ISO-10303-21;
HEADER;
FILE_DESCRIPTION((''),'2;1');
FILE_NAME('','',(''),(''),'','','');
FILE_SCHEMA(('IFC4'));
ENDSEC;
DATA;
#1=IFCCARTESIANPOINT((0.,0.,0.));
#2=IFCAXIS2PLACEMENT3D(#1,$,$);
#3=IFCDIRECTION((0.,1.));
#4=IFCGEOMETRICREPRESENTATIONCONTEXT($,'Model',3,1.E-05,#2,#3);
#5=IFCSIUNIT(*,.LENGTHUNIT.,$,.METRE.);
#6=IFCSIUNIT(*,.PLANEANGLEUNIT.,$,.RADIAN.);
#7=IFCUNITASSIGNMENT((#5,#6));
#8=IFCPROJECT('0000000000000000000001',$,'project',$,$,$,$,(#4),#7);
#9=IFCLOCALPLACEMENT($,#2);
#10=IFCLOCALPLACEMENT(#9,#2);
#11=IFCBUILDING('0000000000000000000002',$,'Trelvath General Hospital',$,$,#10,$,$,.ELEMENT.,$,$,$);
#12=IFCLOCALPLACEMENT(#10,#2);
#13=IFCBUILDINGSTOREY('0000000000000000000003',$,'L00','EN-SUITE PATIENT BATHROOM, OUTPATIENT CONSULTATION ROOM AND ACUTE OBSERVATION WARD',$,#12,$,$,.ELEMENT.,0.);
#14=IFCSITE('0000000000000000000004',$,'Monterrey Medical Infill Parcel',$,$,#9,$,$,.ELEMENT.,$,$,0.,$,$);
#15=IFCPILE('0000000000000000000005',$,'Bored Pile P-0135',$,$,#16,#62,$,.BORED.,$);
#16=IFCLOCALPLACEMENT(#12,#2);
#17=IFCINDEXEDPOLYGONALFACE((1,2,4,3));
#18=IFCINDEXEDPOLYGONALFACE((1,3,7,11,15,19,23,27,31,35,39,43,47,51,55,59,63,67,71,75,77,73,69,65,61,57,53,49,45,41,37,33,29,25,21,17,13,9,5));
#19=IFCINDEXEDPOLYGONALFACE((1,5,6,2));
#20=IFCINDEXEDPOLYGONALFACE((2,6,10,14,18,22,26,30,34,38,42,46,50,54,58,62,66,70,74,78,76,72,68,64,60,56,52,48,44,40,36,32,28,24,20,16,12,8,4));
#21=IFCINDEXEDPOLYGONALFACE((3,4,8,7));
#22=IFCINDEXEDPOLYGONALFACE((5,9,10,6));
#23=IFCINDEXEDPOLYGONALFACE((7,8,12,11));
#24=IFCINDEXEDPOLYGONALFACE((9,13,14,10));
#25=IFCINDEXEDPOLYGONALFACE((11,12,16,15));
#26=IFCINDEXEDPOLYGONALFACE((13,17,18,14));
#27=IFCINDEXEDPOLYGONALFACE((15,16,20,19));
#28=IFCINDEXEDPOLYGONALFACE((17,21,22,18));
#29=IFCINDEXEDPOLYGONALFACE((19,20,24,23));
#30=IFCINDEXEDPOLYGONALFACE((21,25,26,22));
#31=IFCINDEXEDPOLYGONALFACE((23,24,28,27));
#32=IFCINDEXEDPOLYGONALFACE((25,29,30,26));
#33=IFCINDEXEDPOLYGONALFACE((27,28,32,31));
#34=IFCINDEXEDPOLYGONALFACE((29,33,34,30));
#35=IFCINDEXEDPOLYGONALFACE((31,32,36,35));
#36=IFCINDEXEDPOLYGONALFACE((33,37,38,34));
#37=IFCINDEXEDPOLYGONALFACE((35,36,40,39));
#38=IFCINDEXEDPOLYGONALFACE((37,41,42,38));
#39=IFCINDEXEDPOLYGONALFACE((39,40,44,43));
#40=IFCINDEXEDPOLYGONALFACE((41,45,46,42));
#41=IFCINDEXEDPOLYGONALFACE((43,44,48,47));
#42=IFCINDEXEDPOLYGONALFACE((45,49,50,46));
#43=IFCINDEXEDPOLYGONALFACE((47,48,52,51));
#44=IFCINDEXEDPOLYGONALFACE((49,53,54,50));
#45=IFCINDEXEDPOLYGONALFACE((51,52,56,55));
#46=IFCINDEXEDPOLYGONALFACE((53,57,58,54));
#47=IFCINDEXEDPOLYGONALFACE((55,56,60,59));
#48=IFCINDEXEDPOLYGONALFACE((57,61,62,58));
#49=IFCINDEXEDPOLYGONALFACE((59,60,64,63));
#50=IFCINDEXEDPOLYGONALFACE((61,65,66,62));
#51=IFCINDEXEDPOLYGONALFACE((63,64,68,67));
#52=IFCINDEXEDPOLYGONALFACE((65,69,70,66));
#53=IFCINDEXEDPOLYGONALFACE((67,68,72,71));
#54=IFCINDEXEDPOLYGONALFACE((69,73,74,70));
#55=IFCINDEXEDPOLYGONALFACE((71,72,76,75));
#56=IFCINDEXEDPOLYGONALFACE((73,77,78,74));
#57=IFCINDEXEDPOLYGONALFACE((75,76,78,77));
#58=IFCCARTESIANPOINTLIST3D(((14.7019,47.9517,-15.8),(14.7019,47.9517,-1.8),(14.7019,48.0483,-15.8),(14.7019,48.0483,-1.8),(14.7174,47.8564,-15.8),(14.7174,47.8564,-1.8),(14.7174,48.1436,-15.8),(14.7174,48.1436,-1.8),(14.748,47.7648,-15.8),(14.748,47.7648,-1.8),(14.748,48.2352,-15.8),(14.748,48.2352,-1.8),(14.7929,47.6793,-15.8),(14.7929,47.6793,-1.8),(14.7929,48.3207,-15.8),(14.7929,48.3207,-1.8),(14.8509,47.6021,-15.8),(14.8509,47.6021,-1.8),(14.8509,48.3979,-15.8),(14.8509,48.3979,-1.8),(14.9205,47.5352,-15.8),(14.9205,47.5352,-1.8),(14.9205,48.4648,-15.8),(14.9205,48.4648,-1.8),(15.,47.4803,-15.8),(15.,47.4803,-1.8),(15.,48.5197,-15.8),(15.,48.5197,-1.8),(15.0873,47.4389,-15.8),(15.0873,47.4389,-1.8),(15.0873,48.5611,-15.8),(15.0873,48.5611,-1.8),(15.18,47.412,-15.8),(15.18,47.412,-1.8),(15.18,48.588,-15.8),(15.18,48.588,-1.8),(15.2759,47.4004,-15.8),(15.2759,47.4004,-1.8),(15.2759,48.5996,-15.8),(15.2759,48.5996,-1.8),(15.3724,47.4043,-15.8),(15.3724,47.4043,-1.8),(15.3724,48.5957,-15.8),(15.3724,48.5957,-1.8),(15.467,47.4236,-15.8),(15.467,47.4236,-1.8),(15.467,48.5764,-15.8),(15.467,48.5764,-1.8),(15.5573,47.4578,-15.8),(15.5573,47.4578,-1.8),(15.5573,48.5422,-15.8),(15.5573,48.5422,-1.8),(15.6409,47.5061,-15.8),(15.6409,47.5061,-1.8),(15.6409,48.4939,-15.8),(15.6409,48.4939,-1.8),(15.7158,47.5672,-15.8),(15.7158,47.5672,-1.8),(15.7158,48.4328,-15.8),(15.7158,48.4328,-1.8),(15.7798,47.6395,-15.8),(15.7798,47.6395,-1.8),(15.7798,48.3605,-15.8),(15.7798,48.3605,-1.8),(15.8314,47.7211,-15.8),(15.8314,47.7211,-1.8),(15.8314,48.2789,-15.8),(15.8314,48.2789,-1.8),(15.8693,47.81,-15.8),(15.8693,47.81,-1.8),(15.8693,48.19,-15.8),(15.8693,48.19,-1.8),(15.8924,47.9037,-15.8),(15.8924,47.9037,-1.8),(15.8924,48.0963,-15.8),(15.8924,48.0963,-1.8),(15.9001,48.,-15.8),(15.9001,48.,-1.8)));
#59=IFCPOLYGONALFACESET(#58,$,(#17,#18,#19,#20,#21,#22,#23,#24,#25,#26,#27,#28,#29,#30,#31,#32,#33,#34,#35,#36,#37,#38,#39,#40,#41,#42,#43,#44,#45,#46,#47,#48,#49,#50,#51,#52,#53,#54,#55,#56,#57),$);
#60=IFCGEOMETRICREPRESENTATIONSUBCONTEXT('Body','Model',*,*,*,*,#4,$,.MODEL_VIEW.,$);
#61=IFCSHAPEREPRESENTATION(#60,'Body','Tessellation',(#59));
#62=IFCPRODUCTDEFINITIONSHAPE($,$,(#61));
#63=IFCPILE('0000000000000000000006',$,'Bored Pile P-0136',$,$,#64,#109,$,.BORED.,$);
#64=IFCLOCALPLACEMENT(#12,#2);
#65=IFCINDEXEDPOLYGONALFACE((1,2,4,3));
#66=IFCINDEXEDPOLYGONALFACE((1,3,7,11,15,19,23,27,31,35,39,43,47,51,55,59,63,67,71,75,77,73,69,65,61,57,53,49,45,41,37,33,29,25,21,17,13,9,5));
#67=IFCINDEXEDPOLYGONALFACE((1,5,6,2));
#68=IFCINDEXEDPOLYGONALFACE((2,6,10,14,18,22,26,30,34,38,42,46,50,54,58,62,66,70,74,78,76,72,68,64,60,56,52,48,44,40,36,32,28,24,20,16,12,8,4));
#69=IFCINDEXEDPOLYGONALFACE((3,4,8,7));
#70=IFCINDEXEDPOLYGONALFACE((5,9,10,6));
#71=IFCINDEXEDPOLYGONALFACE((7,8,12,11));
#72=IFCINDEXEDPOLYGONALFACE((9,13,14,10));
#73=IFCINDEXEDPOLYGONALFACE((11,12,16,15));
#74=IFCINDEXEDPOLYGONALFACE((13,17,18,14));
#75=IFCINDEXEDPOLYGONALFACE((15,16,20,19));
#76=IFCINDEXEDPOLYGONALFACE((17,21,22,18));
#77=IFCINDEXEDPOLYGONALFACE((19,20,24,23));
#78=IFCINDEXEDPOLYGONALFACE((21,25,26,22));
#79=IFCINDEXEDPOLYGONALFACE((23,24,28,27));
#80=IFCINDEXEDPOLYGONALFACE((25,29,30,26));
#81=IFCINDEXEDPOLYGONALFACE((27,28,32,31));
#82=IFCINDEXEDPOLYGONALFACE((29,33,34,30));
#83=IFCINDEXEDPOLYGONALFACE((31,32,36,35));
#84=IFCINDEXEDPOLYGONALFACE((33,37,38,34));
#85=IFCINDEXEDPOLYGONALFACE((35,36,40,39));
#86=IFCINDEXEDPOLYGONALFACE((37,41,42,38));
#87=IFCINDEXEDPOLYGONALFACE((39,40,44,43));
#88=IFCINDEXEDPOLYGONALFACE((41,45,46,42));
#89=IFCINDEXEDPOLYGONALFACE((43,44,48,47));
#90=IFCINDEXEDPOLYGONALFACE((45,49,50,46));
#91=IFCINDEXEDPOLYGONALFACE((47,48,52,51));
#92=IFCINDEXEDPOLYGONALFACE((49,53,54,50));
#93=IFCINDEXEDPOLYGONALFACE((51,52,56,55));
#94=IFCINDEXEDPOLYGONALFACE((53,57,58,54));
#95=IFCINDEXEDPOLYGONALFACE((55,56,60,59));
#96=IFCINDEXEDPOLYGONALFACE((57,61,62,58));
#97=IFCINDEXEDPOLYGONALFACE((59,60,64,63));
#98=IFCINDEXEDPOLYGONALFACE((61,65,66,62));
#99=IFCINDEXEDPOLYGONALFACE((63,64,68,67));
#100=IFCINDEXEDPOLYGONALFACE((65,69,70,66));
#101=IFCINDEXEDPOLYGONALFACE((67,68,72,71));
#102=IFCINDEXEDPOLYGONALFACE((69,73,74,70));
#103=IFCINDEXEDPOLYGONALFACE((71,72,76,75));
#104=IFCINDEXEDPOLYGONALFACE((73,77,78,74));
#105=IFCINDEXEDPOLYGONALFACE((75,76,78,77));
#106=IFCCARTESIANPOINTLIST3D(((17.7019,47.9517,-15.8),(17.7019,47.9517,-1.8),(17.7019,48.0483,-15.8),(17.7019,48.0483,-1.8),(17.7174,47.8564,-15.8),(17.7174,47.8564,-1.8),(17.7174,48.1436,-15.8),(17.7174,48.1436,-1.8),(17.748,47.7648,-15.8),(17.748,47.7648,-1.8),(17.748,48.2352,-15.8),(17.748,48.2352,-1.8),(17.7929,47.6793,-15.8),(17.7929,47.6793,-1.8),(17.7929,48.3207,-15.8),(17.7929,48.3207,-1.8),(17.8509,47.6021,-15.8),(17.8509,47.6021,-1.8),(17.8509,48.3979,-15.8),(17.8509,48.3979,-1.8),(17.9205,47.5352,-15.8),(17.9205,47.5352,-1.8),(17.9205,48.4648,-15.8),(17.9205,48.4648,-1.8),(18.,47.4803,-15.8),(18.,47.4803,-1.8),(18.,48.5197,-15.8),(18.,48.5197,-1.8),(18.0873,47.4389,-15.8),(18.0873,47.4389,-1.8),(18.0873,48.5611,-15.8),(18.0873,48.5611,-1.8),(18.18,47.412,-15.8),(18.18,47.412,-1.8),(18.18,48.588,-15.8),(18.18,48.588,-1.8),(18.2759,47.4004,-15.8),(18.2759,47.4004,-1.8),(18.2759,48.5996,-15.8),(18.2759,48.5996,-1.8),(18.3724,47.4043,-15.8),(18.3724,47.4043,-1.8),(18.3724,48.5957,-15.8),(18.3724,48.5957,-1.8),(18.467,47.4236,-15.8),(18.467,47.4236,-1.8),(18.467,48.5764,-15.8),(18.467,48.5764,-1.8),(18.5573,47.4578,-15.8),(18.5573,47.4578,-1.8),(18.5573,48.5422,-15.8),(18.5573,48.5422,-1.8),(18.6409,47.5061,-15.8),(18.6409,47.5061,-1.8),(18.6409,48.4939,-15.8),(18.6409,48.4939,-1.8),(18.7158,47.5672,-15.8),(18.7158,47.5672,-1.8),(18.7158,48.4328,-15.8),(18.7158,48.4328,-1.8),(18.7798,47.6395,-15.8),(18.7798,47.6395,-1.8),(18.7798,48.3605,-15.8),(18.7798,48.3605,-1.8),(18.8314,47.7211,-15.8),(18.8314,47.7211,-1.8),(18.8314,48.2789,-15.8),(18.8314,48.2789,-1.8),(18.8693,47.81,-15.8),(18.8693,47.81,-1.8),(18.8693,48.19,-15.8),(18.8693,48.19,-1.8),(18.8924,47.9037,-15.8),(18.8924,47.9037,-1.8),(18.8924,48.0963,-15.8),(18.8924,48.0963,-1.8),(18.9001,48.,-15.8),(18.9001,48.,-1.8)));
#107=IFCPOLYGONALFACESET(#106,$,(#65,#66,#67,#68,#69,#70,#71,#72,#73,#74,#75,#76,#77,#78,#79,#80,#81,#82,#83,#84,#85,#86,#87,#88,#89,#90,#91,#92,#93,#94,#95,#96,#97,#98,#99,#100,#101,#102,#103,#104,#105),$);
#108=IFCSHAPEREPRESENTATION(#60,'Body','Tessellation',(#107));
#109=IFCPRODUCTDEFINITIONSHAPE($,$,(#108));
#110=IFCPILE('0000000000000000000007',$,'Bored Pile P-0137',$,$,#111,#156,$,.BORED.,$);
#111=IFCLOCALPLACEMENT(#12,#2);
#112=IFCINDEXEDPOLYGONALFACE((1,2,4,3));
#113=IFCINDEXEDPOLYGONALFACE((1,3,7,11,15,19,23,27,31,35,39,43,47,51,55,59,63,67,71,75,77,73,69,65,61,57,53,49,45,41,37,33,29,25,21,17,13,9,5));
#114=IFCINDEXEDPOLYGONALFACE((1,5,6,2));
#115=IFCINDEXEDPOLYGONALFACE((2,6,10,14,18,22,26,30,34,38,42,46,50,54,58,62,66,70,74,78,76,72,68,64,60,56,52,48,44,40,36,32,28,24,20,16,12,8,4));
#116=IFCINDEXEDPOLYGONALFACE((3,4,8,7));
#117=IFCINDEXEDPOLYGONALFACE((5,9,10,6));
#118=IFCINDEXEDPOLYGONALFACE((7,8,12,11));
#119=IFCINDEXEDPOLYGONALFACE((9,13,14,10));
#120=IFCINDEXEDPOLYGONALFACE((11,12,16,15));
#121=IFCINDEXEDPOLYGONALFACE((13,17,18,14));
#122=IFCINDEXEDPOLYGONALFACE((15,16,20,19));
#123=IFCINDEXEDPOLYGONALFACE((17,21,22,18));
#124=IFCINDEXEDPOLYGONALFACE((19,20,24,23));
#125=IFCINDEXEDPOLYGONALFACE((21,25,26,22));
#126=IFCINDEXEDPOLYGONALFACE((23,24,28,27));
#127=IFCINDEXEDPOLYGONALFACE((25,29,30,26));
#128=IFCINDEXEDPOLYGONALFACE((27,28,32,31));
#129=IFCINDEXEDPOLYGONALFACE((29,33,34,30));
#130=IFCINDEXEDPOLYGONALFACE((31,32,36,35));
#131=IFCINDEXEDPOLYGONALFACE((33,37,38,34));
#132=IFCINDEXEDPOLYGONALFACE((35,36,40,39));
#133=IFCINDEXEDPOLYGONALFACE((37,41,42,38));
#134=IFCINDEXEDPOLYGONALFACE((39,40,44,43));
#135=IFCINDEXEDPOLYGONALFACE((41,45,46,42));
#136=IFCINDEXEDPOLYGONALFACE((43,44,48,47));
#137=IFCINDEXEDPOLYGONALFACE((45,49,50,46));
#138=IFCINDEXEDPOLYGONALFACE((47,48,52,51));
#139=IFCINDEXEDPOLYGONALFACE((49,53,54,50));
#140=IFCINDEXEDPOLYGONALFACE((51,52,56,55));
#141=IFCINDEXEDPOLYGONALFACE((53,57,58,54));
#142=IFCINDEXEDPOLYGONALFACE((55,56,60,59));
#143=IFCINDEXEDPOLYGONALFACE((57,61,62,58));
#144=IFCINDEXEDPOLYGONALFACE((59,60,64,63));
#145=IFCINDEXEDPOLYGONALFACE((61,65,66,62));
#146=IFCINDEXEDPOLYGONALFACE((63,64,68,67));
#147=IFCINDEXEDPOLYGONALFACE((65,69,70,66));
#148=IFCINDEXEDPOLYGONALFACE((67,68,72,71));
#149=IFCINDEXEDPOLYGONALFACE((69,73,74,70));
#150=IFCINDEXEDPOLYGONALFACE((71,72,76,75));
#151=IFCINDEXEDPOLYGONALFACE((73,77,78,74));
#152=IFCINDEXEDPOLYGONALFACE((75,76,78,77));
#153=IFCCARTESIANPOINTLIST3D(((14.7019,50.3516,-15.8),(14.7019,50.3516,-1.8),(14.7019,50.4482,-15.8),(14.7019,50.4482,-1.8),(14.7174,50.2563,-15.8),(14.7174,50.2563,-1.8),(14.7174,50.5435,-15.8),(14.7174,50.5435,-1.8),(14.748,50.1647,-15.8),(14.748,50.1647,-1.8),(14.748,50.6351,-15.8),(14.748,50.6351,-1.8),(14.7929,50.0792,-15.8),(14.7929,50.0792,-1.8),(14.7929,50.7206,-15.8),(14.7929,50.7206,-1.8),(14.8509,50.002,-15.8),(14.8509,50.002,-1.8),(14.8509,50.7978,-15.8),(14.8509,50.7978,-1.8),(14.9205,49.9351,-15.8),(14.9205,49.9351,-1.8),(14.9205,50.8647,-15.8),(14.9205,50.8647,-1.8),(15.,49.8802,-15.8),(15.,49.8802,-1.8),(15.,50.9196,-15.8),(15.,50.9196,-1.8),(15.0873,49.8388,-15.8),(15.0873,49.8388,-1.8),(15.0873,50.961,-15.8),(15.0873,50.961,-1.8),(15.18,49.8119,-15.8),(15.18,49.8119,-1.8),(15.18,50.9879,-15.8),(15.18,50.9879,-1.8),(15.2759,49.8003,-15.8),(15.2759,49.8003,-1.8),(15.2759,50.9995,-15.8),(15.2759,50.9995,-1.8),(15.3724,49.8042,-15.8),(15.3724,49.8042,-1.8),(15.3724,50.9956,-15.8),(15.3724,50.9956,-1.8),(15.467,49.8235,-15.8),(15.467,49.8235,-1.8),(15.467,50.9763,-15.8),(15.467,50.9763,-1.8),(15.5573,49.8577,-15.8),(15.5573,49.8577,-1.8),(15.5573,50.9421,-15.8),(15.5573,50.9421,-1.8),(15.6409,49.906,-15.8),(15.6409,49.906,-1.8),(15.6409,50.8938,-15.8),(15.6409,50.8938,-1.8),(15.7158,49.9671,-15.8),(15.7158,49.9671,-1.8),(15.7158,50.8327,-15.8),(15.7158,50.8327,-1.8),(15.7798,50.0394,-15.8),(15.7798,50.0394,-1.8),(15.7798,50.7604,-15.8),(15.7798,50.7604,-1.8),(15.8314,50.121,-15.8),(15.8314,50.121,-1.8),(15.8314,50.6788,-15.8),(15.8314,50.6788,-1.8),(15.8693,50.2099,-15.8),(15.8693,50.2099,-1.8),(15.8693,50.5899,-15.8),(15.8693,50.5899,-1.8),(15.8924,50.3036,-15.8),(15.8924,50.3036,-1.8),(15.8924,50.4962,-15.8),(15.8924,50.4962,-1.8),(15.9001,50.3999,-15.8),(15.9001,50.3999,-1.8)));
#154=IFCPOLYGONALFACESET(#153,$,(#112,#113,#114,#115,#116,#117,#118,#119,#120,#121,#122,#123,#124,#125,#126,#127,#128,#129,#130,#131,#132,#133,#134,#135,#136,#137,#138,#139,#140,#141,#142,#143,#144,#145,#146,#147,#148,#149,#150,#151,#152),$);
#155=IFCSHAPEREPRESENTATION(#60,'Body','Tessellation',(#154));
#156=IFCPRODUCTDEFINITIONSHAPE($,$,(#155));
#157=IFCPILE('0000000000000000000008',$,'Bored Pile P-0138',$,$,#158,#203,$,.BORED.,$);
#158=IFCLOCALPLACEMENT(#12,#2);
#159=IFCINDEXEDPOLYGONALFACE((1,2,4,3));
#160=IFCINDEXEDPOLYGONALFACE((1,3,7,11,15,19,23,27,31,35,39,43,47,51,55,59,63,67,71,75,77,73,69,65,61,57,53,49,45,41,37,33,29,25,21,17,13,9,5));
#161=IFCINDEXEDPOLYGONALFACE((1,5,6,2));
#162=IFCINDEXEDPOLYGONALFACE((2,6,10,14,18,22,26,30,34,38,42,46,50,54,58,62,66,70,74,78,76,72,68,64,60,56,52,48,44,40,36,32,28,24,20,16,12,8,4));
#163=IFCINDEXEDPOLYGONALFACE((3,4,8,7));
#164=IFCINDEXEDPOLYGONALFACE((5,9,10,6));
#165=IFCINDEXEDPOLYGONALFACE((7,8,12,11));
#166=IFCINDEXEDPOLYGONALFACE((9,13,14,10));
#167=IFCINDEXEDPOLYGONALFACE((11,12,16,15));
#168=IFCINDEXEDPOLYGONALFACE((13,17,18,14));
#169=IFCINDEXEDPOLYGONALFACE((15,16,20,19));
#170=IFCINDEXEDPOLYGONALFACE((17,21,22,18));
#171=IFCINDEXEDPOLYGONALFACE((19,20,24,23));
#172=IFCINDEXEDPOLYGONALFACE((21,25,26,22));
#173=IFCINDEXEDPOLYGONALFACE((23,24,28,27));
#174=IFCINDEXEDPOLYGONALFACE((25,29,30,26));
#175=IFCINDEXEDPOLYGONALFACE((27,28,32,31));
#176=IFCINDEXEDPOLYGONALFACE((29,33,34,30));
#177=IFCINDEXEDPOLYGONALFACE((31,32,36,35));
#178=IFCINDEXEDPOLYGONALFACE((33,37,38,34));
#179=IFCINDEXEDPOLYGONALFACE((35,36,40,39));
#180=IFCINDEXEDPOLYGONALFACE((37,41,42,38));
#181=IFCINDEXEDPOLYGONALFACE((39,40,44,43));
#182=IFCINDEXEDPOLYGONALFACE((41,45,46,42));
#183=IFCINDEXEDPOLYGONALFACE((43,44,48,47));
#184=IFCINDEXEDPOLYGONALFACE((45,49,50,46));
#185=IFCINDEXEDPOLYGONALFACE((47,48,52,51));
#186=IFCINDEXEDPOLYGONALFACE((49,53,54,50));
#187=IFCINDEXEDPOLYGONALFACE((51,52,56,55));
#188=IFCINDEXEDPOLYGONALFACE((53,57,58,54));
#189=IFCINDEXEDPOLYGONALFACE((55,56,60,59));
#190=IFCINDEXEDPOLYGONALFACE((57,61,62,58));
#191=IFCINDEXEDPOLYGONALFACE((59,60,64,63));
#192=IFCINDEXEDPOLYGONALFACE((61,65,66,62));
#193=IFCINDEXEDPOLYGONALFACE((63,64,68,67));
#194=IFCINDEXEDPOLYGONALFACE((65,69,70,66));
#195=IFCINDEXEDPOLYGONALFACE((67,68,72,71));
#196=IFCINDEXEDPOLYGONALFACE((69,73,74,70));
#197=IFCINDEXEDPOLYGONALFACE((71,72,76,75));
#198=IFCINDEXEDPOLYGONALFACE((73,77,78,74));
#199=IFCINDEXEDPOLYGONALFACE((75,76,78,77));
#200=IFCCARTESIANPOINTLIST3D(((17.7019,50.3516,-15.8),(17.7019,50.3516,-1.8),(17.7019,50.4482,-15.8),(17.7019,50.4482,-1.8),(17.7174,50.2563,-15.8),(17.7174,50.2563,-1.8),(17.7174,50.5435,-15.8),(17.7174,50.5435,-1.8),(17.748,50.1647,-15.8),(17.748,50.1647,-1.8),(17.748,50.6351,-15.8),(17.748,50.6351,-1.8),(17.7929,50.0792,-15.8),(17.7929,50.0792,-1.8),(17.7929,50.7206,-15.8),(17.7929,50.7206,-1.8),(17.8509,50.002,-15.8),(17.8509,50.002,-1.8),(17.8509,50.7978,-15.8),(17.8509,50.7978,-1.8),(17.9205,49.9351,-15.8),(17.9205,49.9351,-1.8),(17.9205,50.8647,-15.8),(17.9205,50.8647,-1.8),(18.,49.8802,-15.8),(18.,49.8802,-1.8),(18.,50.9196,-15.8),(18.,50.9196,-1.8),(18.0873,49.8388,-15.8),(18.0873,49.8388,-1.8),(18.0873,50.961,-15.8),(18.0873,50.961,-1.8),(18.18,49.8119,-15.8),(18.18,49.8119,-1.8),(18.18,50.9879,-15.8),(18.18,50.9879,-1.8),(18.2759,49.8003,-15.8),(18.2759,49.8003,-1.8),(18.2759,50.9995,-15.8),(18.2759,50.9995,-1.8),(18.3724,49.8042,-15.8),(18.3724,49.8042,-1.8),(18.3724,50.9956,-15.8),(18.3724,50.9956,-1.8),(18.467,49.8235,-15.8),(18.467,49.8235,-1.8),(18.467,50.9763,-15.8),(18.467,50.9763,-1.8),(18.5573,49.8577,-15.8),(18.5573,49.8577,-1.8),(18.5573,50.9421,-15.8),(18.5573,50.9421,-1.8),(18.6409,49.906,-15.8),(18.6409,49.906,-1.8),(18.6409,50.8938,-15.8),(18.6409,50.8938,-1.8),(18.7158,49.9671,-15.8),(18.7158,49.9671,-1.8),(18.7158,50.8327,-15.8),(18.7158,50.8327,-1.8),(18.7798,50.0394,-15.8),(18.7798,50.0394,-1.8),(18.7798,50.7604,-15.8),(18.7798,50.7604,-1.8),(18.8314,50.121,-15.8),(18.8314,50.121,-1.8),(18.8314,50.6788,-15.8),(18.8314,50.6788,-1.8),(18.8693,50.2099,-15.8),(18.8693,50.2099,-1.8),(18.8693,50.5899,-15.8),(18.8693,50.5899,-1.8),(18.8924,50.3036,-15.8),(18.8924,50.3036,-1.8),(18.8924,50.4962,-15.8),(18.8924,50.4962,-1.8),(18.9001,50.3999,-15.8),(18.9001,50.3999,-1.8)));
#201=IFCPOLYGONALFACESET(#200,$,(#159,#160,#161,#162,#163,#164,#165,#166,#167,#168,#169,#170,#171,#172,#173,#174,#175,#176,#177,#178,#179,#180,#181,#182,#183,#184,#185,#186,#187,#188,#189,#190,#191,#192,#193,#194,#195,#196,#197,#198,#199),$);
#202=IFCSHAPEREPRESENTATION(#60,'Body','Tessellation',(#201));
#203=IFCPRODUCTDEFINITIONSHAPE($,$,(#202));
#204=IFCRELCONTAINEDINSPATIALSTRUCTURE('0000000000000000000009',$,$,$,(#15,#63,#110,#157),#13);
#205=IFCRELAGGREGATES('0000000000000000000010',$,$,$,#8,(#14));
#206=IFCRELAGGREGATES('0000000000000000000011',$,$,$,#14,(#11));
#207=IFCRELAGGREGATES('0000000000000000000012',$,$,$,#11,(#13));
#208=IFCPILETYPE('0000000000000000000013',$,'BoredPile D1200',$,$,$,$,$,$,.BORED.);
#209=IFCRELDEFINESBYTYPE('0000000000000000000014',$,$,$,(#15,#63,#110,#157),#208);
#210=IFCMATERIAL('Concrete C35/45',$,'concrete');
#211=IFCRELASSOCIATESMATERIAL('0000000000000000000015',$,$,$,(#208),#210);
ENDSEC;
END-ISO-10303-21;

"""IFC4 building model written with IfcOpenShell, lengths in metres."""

from ifc_helpers import new_model, si_unit, direction, frame, origin, origin_2d, place, context, subcontext, project, spatial, circle, extrude, material, material_profile, profile_set, type_object, element, save


model = new_model("IFC4")

# Units and contexts
model_context = context("Model", 3, precision=1e-05, world=origin(), true_north=direction((0.0, 1.0)))
body_context = subcontext(model_context, "Body", "Model", "MODEL_VIEW")
ifc_project = project(units=[si_unit("LENGTHUNIT", "METRE"), si_unit("PLANEANGLEUNIT", "RADIAN")], contexts=[model_context])

# Site, building, storey
site_placement = place(None, origin())
site = spatial("IfcSite", under=ifc_project, at=site_placement, Name="Monterrey Medical Infill Parcel", CompositionType="ELEMENT", RefElevation=0.0)
building_placement = place(site_placement, origin())
building = spatial("IfcBuilding", under=site, at=building_placement, Name="Trelvath General Hospital", CompositionType="ELEMENT")
storey_placement = place(building_placement, origin())
storey = spatial("IfcBuildingStorey", under=building, at=storey_placement, Name="L00", Description="EN-SUITE PATIENT BATHROOM, OUTPATIENT CONSULTATION ROOM AND ACUTE OBSERVATION WARD", CompositionType="ELEMENT", Elevation=0.0)

# Piles
ifc_material_1 = material(Name="Concrete C35/45", Category="concrete")
ifc_material_profile_1 = material_profile(ifc_material_1, circle(Radius=0.6001, at=origin_2d()), Name="PILE1200")
ifc_profile_set_1 = profile_set([ifc_material_profile_1], Name="Concrete C35/45")
pile_type_1 = type_object("IfcPileType", Name="BoredPile D1200", PredefinedType="BORED", material=ifc_profile_set_1)
for number, where, z_axis, x_axis, name in (
    (1, (15.3, 48.0, -1.8), (0.0, 0.0, -1.0), (1.0, 0.0, 0.0), "Bored Pile P-0135"),
    (2, (18.3, 48.0, -1.8), (0.0, 0.0, -1.0), (1.0, 0.0, 0.0), "Bored Pile P-0136"),
    (3, (15.3, 50.3999, -1.8), (0.0, 0.0, -1.0), (1.0, 0.0, 0.0), "Bored Pile P-0137"),
    (4, (18.3, 50.3999, -1.8), (0.0, 0.0, -1.0), (1.0, 0.0, 0.0), "Bored Pile P-0138"),
):
    element("IfcPile", number, at=place(storey_placement, frame(where, z_axis=z_axis, x_axis=x_axis)), inside=storey, type_object=pile_type_1, Name=name, PredefinedType="BORED", context=body_context, shape_type="SweptSolid", body=[
        extrude(circle(Radius=0.6001, at=origin_2d()), origin(), (0.0, 0.0, 1.0), 14.0),
    ])

save(model, "model.ifc")
